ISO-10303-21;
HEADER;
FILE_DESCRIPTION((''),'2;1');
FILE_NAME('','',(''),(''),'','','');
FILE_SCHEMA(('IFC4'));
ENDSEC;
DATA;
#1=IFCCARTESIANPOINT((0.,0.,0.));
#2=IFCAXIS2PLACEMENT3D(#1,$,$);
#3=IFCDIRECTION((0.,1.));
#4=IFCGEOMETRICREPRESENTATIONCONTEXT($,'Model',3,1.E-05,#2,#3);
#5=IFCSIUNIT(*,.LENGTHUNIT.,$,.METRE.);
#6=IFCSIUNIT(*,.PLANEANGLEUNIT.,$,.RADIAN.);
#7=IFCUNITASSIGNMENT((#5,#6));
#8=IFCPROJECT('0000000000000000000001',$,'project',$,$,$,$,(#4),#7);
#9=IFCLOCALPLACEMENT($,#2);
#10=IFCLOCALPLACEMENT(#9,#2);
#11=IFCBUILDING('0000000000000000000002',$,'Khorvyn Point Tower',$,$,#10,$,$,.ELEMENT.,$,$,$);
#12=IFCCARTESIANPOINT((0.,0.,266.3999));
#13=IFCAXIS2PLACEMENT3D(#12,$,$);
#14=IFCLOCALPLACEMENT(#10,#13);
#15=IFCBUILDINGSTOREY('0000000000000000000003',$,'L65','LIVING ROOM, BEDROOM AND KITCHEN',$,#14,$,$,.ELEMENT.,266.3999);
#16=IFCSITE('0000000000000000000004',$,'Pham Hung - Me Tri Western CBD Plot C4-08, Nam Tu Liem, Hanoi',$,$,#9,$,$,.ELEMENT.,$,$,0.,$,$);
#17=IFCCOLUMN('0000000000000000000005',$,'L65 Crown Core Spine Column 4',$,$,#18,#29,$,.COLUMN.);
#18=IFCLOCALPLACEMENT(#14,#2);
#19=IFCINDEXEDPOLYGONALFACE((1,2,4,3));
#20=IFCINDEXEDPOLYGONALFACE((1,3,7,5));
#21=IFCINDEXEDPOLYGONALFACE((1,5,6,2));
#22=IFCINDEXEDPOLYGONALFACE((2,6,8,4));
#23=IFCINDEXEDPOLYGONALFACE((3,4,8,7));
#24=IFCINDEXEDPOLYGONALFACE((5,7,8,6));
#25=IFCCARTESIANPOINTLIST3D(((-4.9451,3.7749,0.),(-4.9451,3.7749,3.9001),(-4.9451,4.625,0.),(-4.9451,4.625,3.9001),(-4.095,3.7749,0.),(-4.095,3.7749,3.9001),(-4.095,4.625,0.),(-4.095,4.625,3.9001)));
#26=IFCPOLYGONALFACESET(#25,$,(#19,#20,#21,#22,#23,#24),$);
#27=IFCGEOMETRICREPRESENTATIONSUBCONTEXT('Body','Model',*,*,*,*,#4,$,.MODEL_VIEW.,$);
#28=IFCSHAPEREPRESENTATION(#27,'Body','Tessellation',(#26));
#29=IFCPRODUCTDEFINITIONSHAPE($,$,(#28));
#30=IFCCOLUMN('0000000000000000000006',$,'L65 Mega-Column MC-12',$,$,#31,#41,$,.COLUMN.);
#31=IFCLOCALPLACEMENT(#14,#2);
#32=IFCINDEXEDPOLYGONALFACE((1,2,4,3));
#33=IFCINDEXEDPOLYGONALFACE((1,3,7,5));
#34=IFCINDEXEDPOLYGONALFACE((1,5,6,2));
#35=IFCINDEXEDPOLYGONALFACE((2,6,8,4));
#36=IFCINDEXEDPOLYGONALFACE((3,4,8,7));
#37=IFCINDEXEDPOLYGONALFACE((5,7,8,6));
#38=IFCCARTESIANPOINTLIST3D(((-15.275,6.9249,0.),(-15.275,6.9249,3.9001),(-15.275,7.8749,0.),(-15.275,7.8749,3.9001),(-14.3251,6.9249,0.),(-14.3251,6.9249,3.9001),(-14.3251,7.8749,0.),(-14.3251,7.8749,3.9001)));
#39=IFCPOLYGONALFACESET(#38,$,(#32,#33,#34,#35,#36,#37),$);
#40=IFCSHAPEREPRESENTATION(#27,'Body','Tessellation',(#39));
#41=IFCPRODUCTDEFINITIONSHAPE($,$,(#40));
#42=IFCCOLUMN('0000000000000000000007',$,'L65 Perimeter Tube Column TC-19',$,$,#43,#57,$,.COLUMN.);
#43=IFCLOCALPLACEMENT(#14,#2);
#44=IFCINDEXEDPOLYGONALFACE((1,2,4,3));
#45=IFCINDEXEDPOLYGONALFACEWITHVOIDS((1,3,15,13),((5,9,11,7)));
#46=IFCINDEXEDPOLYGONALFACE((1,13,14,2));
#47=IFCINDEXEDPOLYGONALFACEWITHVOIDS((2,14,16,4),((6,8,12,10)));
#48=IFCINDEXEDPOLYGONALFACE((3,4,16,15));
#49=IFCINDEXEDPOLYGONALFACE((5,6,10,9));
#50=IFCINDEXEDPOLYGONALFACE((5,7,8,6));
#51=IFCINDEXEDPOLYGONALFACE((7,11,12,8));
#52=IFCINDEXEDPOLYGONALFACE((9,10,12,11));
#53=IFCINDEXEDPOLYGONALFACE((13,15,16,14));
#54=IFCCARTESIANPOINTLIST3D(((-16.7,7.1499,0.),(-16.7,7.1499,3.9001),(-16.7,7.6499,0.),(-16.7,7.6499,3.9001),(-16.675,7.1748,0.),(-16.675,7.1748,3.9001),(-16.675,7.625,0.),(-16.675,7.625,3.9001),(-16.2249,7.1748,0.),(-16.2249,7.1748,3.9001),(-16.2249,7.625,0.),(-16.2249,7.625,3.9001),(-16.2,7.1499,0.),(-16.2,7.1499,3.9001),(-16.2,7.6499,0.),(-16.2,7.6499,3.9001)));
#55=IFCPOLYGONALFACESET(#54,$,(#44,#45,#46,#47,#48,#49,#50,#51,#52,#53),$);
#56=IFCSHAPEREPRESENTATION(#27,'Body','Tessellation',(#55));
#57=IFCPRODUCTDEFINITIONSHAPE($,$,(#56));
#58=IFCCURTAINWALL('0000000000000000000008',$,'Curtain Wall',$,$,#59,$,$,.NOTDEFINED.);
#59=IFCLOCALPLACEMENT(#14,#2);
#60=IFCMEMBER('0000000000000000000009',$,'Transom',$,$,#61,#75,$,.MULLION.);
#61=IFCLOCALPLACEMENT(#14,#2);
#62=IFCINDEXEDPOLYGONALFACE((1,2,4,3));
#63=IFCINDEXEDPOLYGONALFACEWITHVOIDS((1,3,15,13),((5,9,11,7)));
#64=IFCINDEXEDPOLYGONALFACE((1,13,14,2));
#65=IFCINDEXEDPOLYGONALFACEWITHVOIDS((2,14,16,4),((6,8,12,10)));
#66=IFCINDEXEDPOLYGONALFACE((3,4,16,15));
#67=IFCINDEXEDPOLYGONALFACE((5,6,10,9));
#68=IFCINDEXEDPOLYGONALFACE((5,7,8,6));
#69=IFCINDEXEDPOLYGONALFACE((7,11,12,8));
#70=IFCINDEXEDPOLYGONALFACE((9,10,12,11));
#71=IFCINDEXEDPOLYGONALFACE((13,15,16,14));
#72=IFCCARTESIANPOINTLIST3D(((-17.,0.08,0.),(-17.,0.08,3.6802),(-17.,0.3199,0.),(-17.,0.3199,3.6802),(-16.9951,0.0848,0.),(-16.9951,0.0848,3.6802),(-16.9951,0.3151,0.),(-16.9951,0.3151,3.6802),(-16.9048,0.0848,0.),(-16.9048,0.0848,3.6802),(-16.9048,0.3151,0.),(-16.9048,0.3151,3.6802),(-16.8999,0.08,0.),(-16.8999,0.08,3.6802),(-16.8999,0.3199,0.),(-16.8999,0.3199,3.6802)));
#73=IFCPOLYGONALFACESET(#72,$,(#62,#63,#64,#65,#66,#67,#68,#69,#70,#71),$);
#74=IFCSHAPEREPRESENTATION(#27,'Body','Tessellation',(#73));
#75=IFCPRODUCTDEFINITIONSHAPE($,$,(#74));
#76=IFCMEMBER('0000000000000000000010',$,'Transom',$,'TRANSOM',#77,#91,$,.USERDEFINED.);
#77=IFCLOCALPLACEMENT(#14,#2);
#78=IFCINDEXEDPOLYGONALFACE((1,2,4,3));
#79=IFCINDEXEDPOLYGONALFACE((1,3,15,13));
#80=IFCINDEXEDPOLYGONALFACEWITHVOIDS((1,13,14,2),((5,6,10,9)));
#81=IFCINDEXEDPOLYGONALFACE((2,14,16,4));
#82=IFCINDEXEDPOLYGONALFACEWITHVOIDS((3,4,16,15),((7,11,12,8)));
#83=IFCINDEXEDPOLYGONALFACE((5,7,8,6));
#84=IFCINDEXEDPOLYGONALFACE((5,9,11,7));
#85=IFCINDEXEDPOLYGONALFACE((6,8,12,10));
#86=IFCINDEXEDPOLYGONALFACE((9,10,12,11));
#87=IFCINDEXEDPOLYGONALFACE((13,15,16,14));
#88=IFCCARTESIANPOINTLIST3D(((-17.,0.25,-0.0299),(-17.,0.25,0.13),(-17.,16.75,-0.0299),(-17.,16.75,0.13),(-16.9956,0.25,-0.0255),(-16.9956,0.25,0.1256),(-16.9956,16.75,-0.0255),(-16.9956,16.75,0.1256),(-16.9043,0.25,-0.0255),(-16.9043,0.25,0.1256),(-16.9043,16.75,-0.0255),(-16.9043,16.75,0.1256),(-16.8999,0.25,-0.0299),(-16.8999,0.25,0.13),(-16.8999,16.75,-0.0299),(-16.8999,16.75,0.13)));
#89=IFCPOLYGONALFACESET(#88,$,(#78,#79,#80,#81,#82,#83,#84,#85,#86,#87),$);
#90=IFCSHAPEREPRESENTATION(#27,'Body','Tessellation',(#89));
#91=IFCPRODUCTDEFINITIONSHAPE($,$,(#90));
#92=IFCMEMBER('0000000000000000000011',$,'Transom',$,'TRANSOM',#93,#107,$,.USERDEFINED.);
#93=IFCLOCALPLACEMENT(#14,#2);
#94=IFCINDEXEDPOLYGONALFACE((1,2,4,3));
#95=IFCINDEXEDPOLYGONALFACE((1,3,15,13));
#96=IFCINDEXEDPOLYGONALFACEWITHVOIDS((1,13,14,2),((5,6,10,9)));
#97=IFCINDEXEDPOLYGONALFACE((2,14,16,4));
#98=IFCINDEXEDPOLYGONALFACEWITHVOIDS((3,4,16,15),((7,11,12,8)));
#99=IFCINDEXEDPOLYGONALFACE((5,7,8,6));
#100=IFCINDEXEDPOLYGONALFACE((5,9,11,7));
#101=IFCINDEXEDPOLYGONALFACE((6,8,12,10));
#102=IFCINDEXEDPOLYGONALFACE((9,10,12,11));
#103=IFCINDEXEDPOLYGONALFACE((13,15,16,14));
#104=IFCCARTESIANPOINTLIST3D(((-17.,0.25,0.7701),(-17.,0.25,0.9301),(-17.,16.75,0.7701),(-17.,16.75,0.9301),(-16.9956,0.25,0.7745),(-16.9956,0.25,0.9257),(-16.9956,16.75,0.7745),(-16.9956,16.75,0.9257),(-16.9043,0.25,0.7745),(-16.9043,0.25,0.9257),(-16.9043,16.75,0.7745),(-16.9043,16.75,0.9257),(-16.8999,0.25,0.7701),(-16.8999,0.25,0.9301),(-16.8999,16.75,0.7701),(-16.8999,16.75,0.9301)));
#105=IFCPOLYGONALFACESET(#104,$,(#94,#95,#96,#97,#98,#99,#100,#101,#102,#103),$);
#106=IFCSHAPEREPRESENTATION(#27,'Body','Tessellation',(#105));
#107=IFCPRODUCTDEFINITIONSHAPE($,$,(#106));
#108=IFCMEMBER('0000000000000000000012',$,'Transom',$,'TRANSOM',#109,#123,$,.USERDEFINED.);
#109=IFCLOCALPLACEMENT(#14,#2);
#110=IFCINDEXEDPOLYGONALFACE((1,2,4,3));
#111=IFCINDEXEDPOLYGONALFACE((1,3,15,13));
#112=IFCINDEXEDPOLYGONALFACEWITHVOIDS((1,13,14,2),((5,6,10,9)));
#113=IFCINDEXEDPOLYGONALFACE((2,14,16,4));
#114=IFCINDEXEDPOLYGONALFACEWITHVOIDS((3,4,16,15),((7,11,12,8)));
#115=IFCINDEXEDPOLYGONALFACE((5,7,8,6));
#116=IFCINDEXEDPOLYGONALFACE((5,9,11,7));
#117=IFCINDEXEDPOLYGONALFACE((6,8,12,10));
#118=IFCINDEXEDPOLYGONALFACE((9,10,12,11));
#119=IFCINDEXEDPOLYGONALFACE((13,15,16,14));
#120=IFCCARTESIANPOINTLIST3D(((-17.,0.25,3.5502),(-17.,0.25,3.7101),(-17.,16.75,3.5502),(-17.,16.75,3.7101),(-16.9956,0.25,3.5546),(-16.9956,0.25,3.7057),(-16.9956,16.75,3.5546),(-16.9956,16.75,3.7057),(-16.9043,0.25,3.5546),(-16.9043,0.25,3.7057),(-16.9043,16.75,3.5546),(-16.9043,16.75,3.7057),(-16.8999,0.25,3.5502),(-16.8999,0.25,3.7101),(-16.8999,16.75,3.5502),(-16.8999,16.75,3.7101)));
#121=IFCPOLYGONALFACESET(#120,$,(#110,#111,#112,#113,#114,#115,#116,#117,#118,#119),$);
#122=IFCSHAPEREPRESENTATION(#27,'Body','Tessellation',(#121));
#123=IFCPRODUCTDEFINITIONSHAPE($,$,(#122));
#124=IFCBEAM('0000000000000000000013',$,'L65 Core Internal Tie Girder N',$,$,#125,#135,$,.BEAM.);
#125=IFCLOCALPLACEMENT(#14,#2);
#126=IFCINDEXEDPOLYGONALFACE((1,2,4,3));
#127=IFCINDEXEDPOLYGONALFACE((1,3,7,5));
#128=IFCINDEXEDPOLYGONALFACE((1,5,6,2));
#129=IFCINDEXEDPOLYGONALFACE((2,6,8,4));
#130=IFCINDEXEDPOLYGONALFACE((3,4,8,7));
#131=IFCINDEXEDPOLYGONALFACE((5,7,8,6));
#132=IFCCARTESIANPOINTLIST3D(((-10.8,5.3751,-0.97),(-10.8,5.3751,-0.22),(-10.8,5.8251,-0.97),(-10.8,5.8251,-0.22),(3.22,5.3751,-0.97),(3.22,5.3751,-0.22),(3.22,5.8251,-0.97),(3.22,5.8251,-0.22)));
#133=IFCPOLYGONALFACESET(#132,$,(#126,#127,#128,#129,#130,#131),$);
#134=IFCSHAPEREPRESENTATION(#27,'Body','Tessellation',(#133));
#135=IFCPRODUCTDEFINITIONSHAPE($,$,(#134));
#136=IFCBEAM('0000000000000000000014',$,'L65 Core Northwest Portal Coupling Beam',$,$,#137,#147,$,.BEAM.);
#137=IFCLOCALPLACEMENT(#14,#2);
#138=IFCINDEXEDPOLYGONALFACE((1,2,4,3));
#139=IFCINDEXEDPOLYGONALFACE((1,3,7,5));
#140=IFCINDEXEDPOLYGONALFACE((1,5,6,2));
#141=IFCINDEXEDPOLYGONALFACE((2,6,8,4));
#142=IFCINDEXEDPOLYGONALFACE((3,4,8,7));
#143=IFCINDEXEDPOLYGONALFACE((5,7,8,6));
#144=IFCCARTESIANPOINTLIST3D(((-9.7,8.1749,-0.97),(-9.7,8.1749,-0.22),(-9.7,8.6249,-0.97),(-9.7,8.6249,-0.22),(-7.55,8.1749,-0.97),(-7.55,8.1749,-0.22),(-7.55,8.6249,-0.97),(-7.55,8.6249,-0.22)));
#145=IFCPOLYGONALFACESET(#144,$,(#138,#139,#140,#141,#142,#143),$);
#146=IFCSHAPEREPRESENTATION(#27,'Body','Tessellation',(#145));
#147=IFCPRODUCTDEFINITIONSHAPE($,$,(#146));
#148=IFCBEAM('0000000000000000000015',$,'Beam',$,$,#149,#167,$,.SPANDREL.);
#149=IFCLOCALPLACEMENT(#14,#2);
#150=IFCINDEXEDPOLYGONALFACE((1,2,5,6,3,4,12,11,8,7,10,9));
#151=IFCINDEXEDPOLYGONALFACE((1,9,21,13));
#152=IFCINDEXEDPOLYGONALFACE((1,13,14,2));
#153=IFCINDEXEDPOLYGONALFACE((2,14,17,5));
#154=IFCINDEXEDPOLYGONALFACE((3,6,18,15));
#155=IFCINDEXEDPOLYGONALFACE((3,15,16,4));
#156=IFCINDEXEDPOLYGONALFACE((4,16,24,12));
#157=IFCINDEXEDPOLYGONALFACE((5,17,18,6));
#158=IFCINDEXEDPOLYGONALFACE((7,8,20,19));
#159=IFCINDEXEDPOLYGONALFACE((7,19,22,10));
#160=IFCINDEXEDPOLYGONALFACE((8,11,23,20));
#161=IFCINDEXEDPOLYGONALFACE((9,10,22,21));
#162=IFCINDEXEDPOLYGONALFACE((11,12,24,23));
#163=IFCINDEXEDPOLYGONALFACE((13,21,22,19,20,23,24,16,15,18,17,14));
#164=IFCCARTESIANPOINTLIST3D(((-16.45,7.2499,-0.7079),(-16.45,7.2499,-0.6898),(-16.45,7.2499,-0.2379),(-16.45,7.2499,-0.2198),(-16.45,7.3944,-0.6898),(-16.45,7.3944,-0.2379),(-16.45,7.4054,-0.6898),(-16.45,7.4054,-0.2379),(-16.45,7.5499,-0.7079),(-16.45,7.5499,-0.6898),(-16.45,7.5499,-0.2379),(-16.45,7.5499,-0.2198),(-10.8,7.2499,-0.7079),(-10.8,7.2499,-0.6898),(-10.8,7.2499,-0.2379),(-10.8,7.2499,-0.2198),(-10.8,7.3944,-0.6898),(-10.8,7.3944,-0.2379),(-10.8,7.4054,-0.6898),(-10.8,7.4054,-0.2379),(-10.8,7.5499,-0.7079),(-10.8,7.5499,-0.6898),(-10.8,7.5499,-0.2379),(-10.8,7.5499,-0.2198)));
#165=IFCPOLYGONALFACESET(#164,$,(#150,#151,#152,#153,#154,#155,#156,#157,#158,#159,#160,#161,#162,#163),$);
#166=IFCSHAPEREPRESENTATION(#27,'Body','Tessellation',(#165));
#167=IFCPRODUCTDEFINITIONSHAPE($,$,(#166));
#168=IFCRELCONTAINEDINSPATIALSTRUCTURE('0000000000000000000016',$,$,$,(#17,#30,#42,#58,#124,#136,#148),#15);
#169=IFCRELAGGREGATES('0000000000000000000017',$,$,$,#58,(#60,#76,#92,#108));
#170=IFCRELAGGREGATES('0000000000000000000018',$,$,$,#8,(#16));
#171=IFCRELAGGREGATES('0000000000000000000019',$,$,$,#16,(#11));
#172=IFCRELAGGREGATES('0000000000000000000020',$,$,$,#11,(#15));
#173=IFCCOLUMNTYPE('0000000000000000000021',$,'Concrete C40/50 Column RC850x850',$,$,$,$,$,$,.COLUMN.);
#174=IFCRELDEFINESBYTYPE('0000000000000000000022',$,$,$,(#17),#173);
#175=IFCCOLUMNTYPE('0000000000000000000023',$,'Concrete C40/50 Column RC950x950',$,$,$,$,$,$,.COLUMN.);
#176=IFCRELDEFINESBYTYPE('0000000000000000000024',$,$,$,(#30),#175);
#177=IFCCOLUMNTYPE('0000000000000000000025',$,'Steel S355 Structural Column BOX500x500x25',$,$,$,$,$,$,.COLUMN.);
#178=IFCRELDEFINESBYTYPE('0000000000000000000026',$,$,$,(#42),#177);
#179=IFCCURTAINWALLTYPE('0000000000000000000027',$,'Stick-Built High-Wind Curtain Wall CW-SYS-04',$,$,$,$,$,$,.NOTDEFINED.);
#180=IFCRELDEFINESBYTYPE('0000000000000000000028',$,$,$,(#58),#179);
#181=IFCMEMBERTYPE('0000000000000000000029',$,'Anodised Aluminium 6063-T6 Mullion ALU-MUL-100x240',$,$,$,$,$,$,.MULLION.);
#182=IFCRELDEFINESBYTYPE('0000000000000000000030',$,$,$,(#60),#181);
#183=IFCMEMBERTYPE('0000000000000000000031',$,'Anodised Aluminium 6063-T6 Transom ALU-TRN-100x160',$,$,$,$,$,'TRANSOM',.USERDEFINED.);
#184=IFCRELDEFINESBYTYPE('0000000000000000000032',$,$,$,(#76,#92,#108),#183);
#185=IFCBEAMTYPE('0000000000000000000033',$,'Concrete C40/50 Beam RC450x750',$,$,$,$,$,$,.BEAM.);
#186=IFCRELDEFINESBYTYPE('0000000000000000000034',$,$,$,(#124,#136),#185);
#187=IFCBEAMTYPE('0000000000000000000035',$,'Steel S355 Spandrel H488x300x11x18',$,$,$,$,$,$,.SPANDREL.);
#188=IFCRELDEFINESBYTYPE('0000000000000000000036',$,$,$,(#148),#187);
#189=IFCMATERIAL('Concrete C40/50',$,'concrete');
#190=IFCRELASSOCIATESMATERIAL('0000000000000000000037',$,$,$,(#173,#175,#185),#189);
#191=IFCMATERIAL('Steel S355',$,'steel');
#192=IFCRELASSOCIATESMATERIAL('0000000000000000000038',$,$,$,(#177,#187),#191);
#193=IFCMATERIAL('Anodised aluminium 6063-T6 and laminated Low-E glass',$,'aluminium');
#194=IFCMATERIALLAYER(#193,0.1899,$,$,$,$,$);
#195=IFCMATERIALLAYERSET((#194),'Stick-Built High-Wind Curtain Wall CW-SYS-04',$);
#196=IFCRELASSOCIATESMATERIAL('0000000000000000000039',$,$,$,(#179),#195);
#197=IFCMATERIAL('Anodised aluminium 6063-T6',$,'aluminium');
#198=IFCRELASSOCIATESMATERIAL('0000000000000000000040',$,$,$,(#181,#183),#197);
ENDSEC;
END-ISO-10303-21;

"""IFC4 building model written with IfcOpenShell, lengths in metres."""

from ifc_helpers import new_model, si_unit, direction, frame, origin, origin_2d, place, context, subcontext, project, spatial, rectangle, hollow_rectangle, i_section, extrude, material, layer, layer_set, material_profile, profile_set, type_object, element, aggregate, save


model = new_model("IFC4")

# Units and contexts
model_context = context("Model", 3, precision=1e-05, world=origin(), true_north=direction((0.0, 1.0)))
body_context = subcontext(model_context, "Body", "Model", "MODEL_VIEW")
ifc_project = project(units=[si_unit("LENGTHUNIT", "METRE"), si_unit("PLANEANGLEUNIT", "RADIAN")], contexts=[model_context])

# Site, building, storey
site_placement = place(None, origin())
site = spatial("IfcSite", under=ifc_project, at=site_placement, Name="Pham Hung - Me Tri Western CBD Plot C4-08, Nam Tu Liem, Hanoi", CompositionType="ELEMENT", RefElevation=0.0)
building_placement = place(site_placement, origin())
building = spatial("IfcBuilding", under=site, at=building_placement, Name="Khorvyn Point Tower", CompositionType="ELEMENT")
storey_placement = place(building_placement, frame((0.0, 0.0, 266.3999)))
storey = spatial("IfcBuildingStorey", under=building, at=storey_placement, Name="L65", Description="LIVING ROOM, BEDROOM AND KITCHEN", CompositionType="ELEMENT", Elevation=266.3999)

# Columns
ifc_material_1 = material(Name="Concrete C40/50", Category="concrete")
ifc_material_profile_1 = material_profile(ifc_material_1, rectangle(XDim=0.8501, YDim=0.8501, at=origin_2d()))
ifc_profile_set_1 = profile_set([ifc_material_profile_1], Name="Concrete C40/50 RC850x850")
column_type_1 = type_object("IfcColumnType", Name="Concrete C40/50 Column RC850x850", PredefinedType="COLUMN", material=ifc_profile_set_1)
column_1_placement = place(storey_placement, frame((-4.52, 4.2, 0.0), z_axis=(0.0, 0.0, 1.0), x_axis=(1.0, 0.0, 0.0)))
element("IfcColumn", 1, at=column_1_placement, inside=storey, type_object=column_type_1, Name="L65 Crown Core Spine Column 4", PredefinedType="COLUMN", context=body_context, shape_type="SweptSolid", body=[
    extrude(rectangle(XDim=0.8501, YDim=0.8501, at=origin_2d()), origin(), (0.0, 0.0, 1.0), 3.9001),
])
ifc_material_profile_2 = material_profile(ifc_material_1, rectangle(XDim=0.95, YDim=0.95, at=origin_2d()))
ifc_profile_set_2 = profile_set([ifc_material_profile_2], Name="Concrete C40/50 RC950x950")
column_type_2 = type_object("IfcColumnType", Name="Concrete C40/50 Column RC950x950", PredefinedType="COLUMN", material=ifc_profile_set_2)
column_2_placement = place(storey_placement, frame((-14.8, 7.3999, 0.0), z_axis=(0.0, 0.0, 1.0), x_axis=(1.0, 0.0, 0.0)))
element("IfcColumn", 2, at=column_2_placement, inside=storey, type_object=column_type_2, Name="L65 Mega-Column MC-12", PredefinedType="COLUMN", context=body_context, shape_type="SweptSolid", body=[
    extrude(rectangle(XDim=0.95, YDim=0.95, at=origin_2d()), origin(), (0.0, 0.0, 1.0), 3.9001),
])
ifc_material_2 = material(Name="Steel S355", Category="steel")
ifc_material_profile_3 = material_profile(ifc_material_2, hollow_rectangle(XDim=0.5, YDim=0.5, WallThickness=0.0249, at=origin_2d()))
ifc_profile_set_3 = profile_set([ifc_material_profile_3], Name="Steel S355 BOX500x500x25")
column_type_3 = type_object("IfcColumnType", Name="Steel S355 Structural Column BOX500x500x25", PredefinedType="COLUMN", material=ifc_profile_set_3)
column_3_placement = place(storey_placement, frame((-16.45, 7.3999, 0.0), z_axis=(0.0, 0.0, 1.0), x_axis=(1.0, 0.0, 0.0)))
element("IfcColumn", 3, at=column_3_placement, inside=storey, type_object=column_type_3, Name="L65 Perimeter Tube Column TC-19", PredefinedType="COLUMN", context=body_context, shape_type="SweptSolid", body=[
    extrude(hollow_rectangle(XDim=0.5, YDim=0.5, WallThickness=0.0249, at=origin_2d()), origin(), (0.0, 0.0, 1.0), 3.9001),
])

# Curtain wall, members
ifc_material_3 = material(Name="Anodised aluminium 6063-T6 and laminated Low-E glass", Category="aluminium")
ifc_layer_1 = layer(ifc_material_3, 0.1899)
ifc_layer_set_1 = layer_set([ifc_layer_1], Name="Stick-Built High-Wind Curtain Wall CW-SYS-04")
curtain_wall_type = type_object("IfcCurtainWallType", Name="Stick-Built High-Wind Curtain Wall CW-SYS-04", PredefinedType="NOTDEFINED", material=ifc_layer_set_1)
curtain_wall_placement = place(storey_placement, origin())
curtain_wall = element("IfcCurtainWall", 4, at=curtain_wall_placement, inside=storey, type_object=curtain_wall_type, Name="Curtain Wall", PredefinedType="NOTDEFINED")
ifc_material_4 = material(Name="Anodised aluminium 6063-T6", Category="aluminium")
ifc_material_profile_4 = material_profile(ifc_material_4, hollow_rectangle(XDim=0.1001, YDim=0.24, WallThickness=0.0049, at=origin_2d()))
ifc_profile_set_4 = profile_set([ifc_material_profile_4], Name="Anodised aluminium 6063-T6 ALU-MUL-100x240")
member_type_1 = type_object("IfcMemberType", Name="Anodised Aluminium 6063-T6 Mullion ALU-MUL-100x240", PredefinedType="MULLION", material=ifc_profile_set_4)
member_1_placement = place(storey_placement, frame((-16.95, 0.2, 0.0), z_axis=(0.0, 0.0, 1.0), x_axis=(-1.0, 0.0, 0.0)))
member_1 = element("IfcMember", 5, at=member_1_placement, type_object=member_type_1, Name="Transom", PredefinedType="MULLION", context=body_context, shape_type="SweptSolid", body=[
    extrude(hollow_rectangle(XDim=0.1001, YDim=0.24, WallThickness=0.0049, at=origin_2d()), origin(), (0.0, 0.0, 1.0), 3.6802),
])
ifc_material_profile_5 = material_profile(ifc_material_4, hollow_rectangle(XDim=0.1001, YDim=0.1599, WallThickness=0.0044, at=origin_2d()))
ifc_profile_set_5 = profile_set([ifc_material_profile_5], Name="Anodised aluminium 6063-T6 ALU-TRN-100x160")
member_type_2 = type_object("IfcMemberType", Name="Anodised Aluminium 6063-T6 Transom ALU-TRN-100x160", ElementType="TRANSOM", PredefinedType="USERDEFINED", material=ifc_profile_set_5)
member_2_placement = place(storey_placement, frame((-16.95, 0.25, 0.05), z_axis=(0.0, 1.0, 0.0), x_axis=(-1.0, 0.0, 0.0)))
member_2 = element("IfcMember", 6, at=member_2_placement, type_object=member_type_2, Name="Transom", ObjectType="TRANSOM", PredefinedType="USERDEFINED", context=body_context, shape_type="SweptSolid", body=[
    extrude(hollow_rectangle(XDim=0.1001, YDim=0.1599, WallThickness=0.0044, at=origin_2d()), origin(), (0.0, 0.0, 1.0), 16.5),
])
member_3_placement = place(storey_placement, frame((-16.95, 0.25, 0.8501), z_axis=(0.0, 1.0, 0.0), x_axis=(-1.0, 0.0, 0.0)))
member_3 = element("IfcMember", 7, at=member_3_placement, type_object=member_type_2, Name="Transom", ObjectType="TRANSOM", PredefinedType="USERDEFINED", context=body_context, shape_type="SweptSolid", body=[
    extrude(hollow_rectangle(XDim=0.1001, YDim=0.1599, WallThickness=0.0044, at=origin_2d()), origin(), (0.0, 0.0, 1.0), 16.5),
])
member_4_placement = place(storey_placement, frame((-16.95, 0.25, 3.6301), z_axis=(0.0, 1.0, 0.0), x_axis=(-1.0, 0.0, 0.0)))
member_4 = element("IfcMember", 8, at=member_4_placement, type_object=member_type_2, Name="Transom", ObjectType="TRANSOM", PredefinedType="USERDEFINED", context=body_context, shape_type="SweptSolid", body=[
    extrude(hollow_rectangle(XDim=0.1001, YDim=0.1599, WallThickness=0.0044, at=origin_2d()), origin(), (0.0, 0.0, 1.0), 16.5),
])

# Beams
ifc_material_profile_6 = material_profile(ifc_material_1, rectangle(XDim=0.45, YDim=0.75, at=origin_2d()))
ifc_profile_set_6 = profile_set([ifc_material_profile_6], Name="Concrete C40/50 RC450x750")
beam_type_1 = type_object("IfcBeamType", Name="Concrete C40/50 Beam RC450x750", PredefinedType="BEAM", material=ifc_profile_set_6)
beam_1_placement = place(storey_placement, frame((-10.8, 5.6001, -0.595), z_axis=(1.0, 0.0, 0.0), x_axis=(0.0, 1.0, 0.0)))
element("IfcBeam", 9, at=beam_1_placement, inside=storey, type_object=beam_type_1, Name="L65 Core Internal Tie Girder N", PredefinedType="BEAM", context=body_context, shape_type="SweptSolid", body=[
    extrude(rectangle(XDim=0.45, YDim=0.75, at=origin_2d()), origin(), (0.0, 0.0, 1.0), 14.02),
])
beam_2_placement = place(storey_placement, frame((-9.7, 8.3999, -0.595), z_axis=(1.0, 0.0, 0.0), x_axis=(0.0, 1.0, 0.0)))
element("IfcBeam", 10, at=beam_2_placement, inside=storey, type_object=beam_type_1, Name="L65 Core Northwest Portal Coupling Beam", PredefinedType="BEAM", context=body_context, shape_type="SweptSolid", body=[
    extrude(rectangle(XDim=0.45, YDim=0.75, at=origin_2d()), origin(), (0.0, 0.0, 1.0), 2.1499),
])
ifc_material_profile_7 = material_profile(ifc_material_2, i_section(OverallWidth=0.3, OverallDepth=0.488, WebThickness=0.011, FlangeThickness=0.0181, at=origin_2d()))
ifc_profile_set_7 = profile_set([ifc_material_profile_7], Name="Steel S355 H488x300x11x18")
beam_type_2 = type_object("IfcBeamType", Name="Steel S355 Spandrel H488x300x11x18", PredefinedType="SPANDREL", material=ifc_profile_set_7)
beam_3_placement = place(storey_placement, frame((-16.45, 7.3999, -0.4639), z_axis=(1.0, 0.0, 0.0), x_axis=(0.0, 1.0, 0.0)))
element("IfcBeam", 11, at=beam_3_placement, inside=storey, type_object=beam_type_2, Name="Beam", PredefinedType="SPANDREL", context=body_context, shape_type="SweptSolid", body=[
    extrude(i_section(OverallWidth=0.3, OverallDepth=0.488, WebThickness=0.011, FlangeThickness=0.0181, at=origin_2d()), origin(), (0.0, 0.0, 1.0), 5.6499),
])

aggregate(curtain_wall, [member_1, member_2, member_3, member_4])

save(model, "model.ifc")
